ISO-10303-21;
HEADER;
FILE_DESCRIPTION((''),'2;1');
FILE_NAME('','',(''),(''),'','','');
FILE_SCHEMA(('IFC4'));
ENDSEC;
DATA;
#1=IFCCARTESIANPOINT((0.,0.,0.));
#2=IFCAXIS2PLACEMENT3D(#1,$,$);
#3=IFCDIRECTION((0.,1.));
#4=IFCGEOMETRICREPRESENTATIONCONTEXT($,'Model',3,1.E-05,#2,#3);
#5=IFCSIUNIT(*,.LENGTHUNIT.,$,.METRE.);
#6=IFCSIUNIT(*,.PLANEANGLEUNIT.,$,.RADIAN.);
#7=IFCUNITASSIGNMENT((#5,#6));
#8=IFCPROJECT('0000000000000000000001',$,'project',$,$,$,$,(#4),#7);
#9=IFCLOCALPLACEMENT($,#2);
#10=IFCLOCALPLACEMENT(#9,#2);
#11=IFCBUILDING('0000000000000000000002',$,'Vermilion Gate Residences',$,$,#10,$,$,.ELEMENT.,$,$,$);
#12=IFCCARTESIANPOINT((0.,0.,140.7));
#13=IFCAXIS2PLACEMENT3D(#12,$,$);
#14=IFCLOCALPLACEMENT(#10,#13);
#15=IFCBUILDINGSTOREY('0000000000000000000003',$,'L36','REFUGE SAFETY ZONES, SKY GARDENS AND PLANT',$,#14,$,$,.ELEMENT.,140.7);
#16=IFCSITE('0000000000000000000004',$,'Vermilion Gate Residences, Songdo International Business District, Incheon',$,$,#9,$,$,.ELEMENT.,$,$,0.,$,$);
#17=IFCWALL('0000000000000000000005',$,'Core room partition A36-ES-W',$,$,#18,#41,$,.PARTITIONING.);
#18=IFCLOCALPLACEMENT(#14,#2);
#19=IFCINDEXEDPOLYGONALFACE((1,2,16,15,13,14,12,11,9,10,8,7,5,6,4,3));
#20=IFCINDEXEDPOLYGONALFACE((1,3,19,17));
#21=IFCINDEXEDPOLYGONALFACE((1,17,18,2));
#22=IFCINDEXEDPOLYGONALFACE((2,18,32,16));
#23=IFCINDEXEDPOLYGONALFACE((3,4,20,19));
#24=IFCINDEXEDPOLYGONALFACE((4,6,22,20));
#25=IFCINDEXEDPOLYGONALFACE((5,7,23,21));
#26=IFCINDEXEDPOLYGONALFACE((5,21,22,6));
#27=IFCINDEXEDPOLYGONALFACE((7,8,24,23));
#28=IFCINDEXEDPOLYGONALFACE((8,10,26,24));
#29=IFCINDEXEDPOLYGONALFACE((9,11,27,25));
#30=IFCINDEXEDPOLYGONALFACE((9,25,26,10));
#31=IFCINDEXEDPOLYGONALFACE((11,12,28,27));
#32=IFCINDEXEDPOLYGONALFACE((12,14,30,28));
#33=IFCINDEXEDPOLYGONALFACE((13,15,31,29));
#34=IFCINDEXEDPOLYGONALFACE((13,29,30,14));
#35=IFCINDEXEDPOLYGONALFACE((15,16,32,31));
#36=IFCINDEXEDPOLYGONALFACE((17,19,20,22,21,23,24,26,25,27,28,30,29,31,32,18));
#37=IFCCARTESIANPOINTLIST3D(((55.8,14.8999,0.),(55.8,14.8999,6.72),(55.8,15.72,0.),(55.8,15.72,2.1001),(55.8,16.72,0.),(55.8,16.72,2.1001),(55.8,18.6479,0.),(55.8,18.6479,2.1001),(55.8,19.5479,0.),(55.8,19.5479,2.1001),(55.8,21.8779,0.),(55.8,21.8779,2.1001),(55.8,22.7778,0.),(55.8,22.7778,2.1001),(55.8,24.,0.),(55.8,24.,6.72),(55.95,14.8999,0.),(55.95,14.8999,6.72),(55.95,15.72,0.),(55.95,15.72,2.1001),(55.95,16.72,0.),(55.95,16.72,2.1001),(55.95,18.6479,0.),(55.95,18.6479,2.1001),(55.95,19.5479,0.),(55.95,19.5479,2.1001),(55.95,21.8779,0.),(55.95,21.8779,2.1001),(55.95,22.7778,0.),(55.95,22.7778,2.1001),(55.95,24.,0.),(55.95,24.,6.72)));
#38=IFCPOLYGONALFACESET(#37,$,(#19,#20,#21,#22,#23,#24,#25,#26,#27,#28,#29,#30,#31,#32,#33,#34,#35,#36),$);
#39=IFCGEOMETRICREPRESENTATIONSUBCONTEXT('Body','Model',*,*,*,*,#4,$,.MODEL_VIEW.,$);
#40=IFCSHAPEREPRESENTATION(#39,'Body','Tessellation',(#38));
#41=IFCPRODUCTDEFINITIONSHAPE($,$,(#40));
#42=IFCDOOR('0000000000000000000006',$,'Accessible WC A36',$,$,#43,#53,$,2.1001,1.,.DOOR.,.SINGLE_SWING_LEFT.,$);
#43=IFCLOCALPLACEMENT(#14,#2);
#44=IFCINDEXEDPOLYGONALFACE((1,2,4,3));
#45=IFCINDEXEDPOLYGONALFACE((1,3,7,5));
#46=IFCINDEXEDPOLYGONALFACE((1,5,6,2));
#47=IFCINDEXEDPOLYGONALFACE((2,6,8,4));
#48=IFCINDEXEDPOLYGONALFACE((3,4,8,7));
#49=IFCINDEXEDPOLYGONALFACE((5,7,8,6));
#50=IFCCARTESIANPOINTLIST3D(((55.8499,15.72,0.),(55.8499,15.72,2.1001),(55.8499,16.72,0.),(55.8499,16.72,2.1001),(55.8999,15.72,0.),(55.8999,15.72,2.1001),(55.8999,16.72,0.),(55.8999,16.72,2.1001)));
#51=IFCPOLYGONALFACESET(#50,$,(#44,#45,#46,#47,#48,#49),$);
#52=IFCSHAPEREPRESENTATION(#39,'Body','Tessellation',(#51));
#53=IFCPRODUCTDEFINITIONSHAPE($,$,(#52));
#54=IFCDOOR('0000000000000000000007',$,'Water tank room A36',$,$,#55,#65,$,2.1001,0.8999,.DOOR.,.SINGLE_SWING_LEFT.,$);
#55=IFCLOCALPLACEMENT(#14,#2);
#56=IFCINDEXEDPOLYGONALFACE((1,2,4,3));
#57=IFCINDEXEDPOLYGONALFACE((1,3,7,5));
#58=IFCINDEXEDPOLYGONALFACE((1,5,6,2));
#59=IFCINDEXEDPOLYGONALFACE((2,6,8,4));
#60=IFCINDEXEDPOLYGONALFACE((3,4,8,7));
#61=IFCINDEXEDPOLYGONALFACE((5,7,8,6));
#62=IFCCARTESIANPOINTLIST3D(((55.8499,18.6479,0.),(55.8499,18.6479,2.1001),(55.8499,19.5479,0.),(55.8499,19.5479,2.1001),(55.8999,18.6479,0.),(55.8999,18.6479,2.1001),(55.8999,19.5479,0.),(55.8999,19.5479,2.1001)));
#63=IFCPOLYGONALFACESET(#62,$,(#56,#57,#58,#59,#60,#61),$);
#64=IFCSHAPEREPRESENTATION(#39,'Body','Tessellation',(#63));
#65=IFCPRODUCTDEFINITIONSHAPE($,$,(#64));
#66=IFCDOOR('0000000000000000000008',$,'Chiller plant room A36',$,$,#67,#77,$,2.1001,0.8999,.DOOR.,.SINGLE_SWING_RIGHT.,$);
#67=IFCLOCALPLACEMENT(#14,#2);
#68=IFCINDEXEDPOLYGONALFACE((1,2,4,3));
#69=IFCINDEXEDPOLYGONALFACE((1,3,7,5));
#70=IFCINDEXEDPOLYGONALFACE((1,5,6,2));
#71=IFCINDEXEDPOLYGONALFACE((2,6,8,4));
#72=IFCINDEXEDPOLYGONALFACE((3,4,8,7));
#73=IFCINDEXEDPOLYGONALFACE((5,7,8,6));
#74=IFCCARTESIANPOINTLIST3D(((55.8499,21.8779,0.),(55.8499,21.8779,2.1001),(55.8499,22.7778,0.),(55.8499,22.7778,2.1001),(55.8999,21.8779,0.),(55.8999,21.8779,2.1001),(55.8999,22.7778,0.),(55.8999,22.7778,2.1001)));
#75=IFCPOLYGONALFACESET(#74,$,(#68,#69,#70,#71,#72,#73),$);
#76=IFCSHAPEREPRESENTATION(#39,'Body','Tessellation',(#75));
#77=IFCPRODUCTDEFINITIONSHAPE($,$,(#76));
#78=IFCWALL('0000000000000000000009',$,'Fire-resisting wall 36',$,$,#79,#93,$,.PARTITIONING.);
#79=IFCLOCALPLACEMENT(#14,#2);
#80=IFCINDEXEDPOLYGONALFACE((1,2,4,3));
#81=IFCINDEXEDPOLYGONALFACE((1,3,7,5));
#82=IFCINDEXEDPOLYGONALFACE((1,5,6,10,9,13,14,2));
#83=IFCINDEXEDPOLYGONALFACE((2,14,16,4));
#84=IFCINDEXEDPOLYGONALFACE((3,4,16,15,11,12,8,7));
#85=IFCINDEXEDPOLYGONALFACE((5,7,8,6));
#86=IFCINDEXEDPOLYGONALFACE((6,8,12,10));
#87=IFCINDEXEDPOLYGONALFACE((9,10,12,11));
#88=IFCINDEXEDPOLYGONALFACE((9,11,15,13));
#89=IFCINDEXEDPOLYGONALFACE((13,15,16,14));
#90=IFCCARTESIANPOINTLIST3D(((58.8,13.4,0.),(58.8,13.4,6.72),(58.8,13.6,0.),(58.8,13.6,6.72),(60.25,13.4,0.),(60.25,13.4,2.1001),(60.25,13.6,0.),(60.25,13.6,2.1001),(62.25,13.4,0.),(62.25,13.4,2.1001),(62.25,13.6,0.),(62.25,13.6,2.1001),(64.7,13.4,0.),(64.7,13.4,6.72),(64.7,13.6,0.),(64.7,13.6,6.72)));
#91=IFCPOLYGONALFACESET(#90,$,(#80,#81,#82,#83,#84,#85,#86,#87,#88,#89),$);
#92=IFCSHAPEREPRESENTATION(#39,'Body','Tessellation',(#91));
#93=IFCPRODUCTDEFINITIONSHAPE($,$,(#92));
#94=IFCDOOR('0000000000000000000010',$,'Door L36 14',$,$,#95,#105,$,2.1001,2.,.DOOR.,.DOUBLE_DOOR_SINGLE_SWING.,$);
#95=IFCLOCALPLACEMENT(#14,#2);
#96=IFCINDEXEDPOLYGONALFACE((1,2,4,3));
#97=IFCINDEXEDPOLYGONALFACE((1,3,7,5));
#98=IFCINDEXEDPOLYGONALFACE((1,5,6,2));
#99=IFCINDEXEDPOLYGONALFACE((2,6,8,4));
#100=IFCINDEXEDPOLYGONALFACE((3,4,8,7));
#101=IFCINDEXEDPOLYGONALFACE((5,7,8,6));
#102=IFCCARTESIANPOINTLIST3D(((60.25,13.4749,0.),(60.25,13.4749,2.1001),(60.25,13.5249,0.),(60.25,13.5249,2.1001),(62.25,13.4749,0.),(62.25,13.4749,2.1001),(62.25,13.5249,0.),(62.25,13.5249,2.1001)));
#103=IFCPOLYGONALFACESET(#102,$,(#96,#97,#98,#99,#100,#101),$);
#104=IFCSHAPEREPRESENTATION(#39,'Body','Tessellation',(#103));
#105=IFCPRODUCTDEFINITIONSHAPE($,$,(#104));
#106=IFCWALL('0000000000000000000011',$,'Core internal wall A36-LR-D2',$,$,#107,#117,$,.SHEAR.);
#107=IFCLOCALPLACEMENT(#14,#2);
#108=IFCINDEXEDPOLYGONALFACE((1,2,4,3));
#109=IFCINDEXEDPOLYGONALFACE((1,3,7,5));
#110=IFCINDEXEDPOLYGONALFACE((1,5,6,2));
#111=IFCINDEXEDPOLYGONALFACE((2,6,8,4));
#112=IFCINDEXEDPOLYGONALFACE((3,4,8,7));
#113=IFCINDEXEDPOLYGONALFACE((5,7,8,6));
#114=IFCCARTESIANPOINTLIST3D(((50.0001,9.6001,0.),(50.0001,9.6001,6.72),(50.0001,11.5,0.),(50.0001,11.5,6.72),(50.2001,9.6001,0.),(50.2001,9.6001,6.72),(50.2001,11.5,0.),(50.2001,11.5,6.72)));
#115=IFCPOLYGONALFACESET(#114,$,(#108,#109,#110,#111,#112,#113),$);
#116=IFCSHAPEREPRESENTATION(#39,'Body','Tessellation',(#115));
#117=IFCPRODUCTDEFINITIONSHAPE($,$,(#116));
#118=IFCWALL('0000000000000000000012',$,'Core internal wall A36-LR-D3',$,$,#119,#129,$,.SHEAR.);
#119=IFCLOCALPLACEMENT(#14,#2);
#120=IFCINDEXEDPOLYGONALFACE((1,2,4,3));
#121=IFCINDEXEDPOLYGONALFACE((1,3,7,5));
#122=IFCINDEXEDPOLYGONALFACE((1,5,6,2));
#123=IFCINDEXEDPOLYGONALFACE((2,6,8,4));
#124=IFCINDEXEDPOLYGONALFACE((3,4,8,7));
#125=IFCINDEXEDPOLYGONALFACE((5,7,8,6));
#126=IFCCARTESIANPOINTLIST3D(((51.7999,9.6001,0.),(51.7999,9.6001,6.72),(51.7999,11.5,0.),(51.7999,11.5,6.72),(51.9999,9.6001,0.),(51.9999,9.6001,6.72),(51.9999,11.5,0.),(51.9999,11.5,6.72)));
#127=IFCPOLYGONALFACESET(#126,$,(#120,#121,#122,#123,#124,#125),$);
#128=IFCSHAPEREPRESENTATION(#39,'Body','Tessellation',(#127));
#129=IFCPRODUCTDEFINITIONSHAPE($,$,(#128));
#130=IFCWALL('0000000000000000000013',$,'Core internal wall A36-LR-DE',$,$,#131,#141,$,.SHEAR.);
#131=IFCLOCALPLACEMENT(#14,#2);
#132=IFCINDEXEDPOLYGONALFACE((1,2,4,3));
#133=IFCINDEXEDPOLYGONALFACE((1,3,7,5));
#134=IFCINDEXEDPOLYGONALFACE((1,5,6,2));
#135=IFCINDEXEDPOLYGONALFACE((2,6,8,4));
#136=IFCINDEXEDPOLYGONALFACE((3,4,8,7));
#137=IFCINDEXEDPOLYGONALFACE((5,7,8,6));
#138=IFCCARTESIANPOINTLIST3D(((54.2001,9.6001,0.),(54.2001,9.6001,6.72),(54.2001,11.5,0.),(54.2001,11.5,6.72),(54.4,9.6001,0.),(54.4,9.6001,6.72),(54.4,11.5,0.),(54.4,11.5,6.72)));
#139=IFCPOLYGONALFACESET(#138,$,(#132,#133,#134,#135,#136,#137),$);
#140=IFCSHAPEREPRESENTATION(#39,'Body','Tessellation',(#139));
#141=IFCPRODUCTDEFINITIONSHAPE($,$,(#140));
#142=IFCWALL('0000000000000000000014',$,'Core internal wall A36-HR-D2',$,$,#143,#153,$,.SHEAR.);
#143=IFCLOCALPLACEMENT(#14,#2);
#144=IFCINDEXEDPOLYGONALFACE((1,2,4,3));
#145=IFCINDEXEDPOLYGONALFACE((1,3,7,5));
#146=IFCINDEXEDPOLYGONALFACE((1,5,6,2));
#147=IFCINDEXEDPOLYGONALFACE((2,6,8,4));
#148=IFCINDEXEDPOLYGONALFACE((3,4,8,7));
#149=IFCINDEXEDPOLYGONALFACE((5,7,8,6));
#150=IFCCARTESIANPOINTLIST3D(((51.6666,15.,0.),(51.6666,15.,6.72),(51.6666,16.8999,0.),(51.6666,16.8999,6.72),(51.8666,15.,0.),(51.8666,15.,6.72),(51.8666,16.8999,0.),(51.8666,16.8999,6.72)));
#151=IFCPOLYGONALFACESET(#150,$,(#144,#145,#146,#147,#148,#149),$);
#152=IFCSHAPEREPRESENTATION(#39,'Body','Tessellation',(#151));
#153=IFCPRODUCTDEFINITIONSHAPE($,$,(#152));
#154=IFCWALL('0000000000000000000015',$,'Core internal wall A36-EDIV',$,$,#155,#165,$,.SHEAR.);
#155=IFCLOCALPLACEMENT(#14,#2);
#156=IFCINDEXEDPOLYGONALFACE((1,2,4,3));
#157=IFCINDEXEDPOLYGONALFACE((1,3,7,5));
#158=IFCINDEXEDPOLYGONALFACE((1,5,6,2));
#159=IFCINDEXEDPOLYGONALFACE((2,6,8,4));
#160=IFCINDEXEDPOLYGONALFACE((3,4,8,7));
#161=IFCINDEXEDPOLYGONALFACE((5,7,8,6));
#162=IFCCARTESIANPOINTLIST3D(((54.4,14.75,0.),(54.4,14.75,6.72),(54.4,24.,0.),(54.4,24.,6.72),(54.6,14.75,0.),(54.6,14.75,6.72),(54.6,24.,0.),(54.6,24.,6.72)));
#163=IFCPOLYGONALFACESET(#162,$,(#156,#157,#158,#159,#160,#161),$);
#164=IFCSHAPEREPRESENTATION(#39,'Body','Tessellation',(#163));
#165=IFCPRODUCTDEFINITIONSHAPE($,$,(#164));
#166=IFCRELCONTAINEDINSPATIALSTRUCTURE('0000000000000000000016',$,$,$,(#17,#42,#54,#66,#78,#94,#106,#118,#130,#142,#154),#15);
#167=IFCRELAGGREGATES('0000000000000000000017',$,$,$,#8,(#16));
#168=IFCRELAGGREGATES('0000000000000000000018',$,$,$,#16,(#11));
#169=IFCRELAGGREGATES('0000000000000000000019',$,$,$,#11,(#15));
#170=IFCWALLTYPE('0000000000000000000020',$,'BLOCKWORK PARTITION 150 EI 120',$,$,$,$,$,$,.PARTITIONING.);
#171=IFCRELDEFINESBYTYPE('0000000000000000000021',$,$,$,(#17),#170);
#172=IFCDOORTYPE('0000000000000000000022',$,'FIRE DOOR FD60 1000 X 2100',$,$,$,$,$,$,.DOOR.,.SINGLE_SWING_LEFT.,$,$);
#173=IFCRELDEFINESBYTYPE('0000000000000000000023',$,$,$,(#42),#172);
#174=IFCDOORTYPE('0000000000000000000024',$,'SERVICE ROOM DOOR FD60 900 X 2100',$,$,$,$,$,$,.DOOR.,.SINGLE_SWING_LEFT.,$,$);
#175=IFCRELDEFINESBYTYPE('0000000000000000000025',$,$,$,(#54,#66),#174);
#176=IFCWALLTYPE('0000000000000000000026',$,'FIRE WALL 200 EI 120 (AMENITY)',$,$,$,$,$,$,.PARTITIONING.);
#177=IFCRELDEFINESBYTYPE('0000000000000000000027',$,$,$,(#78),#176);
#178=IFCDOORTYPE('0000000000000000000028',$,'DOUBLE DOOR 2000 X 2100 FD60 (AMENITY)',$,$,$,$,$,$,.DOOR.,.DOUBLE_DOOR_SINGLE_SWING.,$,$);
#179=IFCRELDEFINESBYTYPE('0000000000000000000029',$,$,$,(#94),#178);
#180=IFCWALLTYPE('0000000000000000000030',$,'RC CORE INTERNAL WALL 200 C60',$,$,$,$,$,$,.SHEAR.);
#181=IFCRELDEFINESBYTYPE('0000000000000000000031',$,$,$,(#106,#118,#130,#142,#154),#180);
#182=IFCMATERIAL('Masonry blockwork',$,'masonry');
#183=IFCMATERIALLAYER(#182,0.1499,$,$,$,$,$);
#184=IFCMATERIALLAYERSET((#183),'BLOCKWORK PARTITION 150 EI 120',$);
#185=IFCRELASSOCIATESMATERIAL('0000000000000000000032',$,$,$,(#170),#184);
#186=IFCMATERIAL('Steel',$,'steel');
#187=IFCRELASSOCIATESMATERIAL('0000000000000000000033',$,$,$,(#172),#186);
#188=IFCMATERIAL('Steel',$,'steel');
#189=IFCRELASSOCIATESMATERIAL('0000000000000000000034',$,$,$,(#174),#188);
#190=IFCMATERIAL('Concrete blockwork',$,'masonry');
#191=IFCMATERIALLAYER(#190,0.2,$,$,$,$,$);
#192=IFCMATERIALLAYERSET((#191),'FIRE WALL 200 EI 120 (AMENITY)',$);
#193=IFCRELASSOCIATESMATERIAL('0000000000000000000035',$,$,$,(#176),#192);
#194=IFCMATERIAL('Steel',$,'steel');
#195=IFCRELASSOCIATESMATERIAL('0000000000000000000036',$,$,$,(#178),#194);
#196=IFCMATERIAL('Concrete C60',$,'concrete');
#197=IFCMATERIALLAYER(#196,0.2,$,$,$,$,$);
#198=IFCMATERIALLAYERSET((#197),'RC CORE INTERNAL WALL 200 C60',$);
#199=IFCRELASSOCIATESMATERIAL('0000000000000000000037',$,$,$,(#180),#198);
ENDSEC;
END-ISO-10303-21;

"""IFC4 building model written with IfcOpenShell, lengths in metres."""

from ifc_helpers import new_model, si_unit, direction, frame, frame_2d, origin, place, context, subcontext, project, spatial, rectangle, extrude, material, layer, layer_set, type_object, element, fill, save


model = new_model("IFC4")

# Units and contexts
model_context = context("Model", 3, precision=1e-05, world=origin(), true_north=direction((0.0, 1.0)))
body_context = subcontext(model_context, "Body", "Model", "MODEL_VIEW")
ifc_project = project(units=[si_unit("LENGTHUNIT", "METRE"), si_unit("PLANEANGLEUNIT", "RADIAN")], contexts=[model_context])

# Site, building, storey
site_placement = place(None, origin())
site = spatial("IfcSite", under=ifc_project, at=site_placement, Name="Vermilion Gate Residences, Songdo International Business District, Incheon", CompositionType="ELEMENT", RefElevation=0.0)
building_placement = place(site_placement, origin())
building = spatial("IfcBuilding", under=site, at=building_placement, Name="Vermilion Gate Residences", CompositionType="ELEMENT")
storey_placement = place(building_placement, frame((0.0, 0.0, 140.7)))
storey = spatial("IfcBuildingStorey", under=building, at=storey_placement, Name="L36", Description="REFUGE SAFETY ZONES, SKY GARDENS AND PLANT", CompositionType="ELEMENT", Elevation=140.7)

# Shared definitions
ifc_material_1 = material(Name="Masonry blockwork", Category="masonry")
ifc_layer_1 = layer(ifc_material_1, 0.1499)
ifc_layer_set_1 = layer_set([ifc_layer_1], Name="BLOCKWORK PARTITION 150 EI 120")
wall_type_1 = type_object("IfcWallType", Name="BLOCKWORK PARTITION 150 EI 120", PredefinedType="PARTITIONING", material=ifc_layer_set_1)

# Shared definitions
ifc_material_2 = material(Name="Steel", Category="steel")
door_type_1 = type_object("IfcDoorType", Name="FIRE DOOR FD60 1000 X 2100", OperationType="SINGLE_SWING_LEFT", PredefinedType="DOOR", material=ifc_material_2)

# Wall, openings, doors
wall_1_placement = place(storey_placement, frame((55.875, 14.8999, 0.0), z_axis=(0.0, 0.0, 1.0), x_axis=(0.0, 1.0, 0.0)))
wall_1 = element("IfcWall", 1, at=wall_1_placement, inside=storey, type_object=wall_type_1, Name="Core room partition A36-ES-W", PredefinedType="PARTITIONING", context=body_context, shape_type="SweptSolid", body=[
    extrude(rectangle(XDim=9.1001, YDim=0.1499, at=frame_2d((4.55, 0.0))), origin(), (0.0, 0.0, 1.0), 6.72),
])
opening_1_placement = place(wall_1_placement, frame((0.8201, 0.0, 0.0)))
opening_1 = element("IfcOpeningElement", 2, at=opening_1_placement, cuts=wall_1, PredefinedType="OPENING", context=body_context, shape_type="SweptSolid", body=[
    extrude(rectangle(XDim=1.0, YDim=2.1001, at=frame_2d((0.5, 1.05))), frame((0.0, 0.085, 0.0), z_axis=(0.0, -1.0, 0.0), x_axis=(1.0, 0.0, 0.0)), (0.0, 0.0, 1.0), 0.1699),
])
opening_2_placement = place(wall_1_placement, frame((3.748, 0.0, 0.0)))
opening_2 = element("IfcOpeningElement", 3, at=opening_2_placement, cuts=wall_1, PredefinedType="OPENING", context=body_context, shape_type="SweptSolid", body=[
    extrude(rectangle(XDim=0.8999, YDim=2.1001, at=frame_2d((0.45, 1.05))), frame((0.0, 0.085, 0.0), z_axis=(0.0, -1.0, 0.0), x_axis=(1.0, 0.0, 0.0)), (0.0, 0.0, 1.0), 0.1699),
])
opening_3_placement = place(wall_1_placement, frame((6.978, 0.0, 0.0)))
opening_3 = element("IfcOpeningElement", 4, at=opening_3_placement, cuts=wall_1, PredefinedType="OPENING", context=body_context, shape_type="SweptSolid", body=[
    extrude(rectangle(XDim=0.8999, YDim=2.1001, at=frame_2d((0.45, 1.05))), frame((0.0, 0.085, 0.0), z_axis=(0.0, -1.0, 0.0), x_axis=(1.0, 0.0, 0.0)), (0.0, 0.0, 1.0), 0.1699),
])
door_1_placement = place(opening_1_placement, frame((1.0, 0.0, 0.0), z_axis=(0.0, 0.0, 1.0), x_axis=(-1.0, 0.0, 0.0)))
door_1 = element("IfcDoor", 5, at=door_1_placement, inside=storey, type_object=door_type_1, Name="Accessible WC A36", OperationType="SINGLE_SWING_LEFT", OverallHeight=2.1001, OverallWidth=1.0, PredefinedType="DOOR", context=body_context, shape_type="SweptSolid", body=[
    extrude(rectangle(XDim=1.0, YDim=2.1001, at=frame_2d((0.5, 1.05))), frame((0.0, 0.0249, 0.0), z_axis=(0.0, -1.0, 0.0), x_axis=(1.0, 0.0, 0.0)), (0.0, 0.0, 1.0), 0.05),
])
fill(opening_1, door_1)
ifc_material_3 = material(Name="Steel", Category="steel")
door_type_2 = type_object("IfcDoorType", Name="SERVICE ROOM DOOR FD60 900 X 2100", OperationType="SINGLE_SWING_LEFT", PredefinedType="DOOR", material=ifc_material_3)
door_2_placement = place(opening_2_placement, frame((0.8999, 0.0, 0.0), z_axis=(0.0, 0.0, 1.0), x_axis=(-1.0, 0.0, 0.0)))
door_2 = element("IfcDoor", 6, at=door_2_placement, inside=storey, type_object=door_type_2, Name="Water tank room A36", OperationType="SINGLE_SWING_LEFT", OverallHeight=2.1001, OverallWidth=0.8999, PredefinedType="DOOR", context=body_context, shape_type="SweptSolid", body=[
    extrude(rectangle(XDim=0.8999, YDim=2.1001, at=frame_2d((0.45, 1.05))), frame((0.0, 0.0249, 0.0), z_axis=(0.0, -1.0, 0.0), x_axis=(1.0, 0.0, 0.0)), (0.0, 0.0, 1.0), 0.05),
])
fill(opening_2, door_2)
door_3_placement = place(opening_3_placement, frame((0.8999, 0.0, 0.0), z_axis=(0.0, 0.0, 1.0), x_axis=(-1.0, 0.0, 0.0)))
door_3 = element("IfcDoor", 7, at=door_3_placement, inside=storey, type_object=door_type_2, Name="Chiller plant room A36", OperationType="SINGLE_SWING_RIGHT", OverallHeight=2.1001, OverallWidth=0.8999, PredefinedType="DOOR", context=body_context, shape_type="SweptSolid", body=[
    extrude(rectangle(XDim=0.8999, YDim=2.1001, at=frame_2d((0.45, 1.05))), frame((0.0, 0.0249, 0.0), z_axis=(0.0, -1.0, 0.0), x_axis=(1.0, 0.0, 0.0)), (0.0, 0.0, 1.0), 0.05),
])
fill(opening_3, door_3)

# Wall, opening, door
ifc_material_4 = material(Name="Concrete blockwork", Category="masonry")
ifc_layer_2 = layer(ifc_material_4, 0.2)
ifc_layer_set_2 = layer_set([ifc_layer_2], Name="FIRE WALL 200 EI 120 (AMENITY)")
wall_type_2 = type_object("IfcWallType", Name="FIRE WALL 200 EI 120 (AMENITY)", PredefinedType="PARTITIONING", material=ifc_layer_set_2)
wall_2_placement = place(storey_placement, frame((58.8, 13.5, 0.0), z_axis=(0.0, 0.0, 1.0), x_axis=(1.0, 0.0, 0.0)))
wall_2 = element("IfcWall", 8, at=wall_2_placement, inside=storey, type_object=wall_type_2, Name="Fire-resisting wall 36", PredefinedType="PARTITIONING", context=body_context, shape_type="SweptSolid", body=[
    extrude(rectangle(XDim=5.8999, YDim=0.2, at=frame_2d((2.95, 0.0))), origin(), (0.0, 0.0, 1.0), 6.72),
])
opening_4_placement = place(wall_2_placement, frame((1.45, 0.0, 0.0)))
opening_4 = element("IfcOpeningElement", 9, at=opening_4_placement, cuts=wall_2, PredefinedType="OPENING", context=body_context, shape_type="SweptSolid", body=[
    extrude(rectangle(XDim=2.0, YDim=2.1001, at=frame_2d((1.0, 1.05))), frame((0.0, 0.1099, 0.0), z_axis=(0.0, -1.0, 0.0), x_axis=(1.0, 0.0, 0.0)), (0.0, 0.0, 1.0), 0.22),
])
ifc_material_5 = material(Name="Steel", Category="steel")
door_type_3 = type_object("IfcDoorType", Name="DOUBLE DOOR 2000 X 2100 FD60 (AMENITY)", OperationType="DOUBLE_DOOR_SINGLE_SWING", PredefinedType="DOOR", material=ifc_material_5)
door_4_placement = place(opening_4_placement, origin())
door_4 = element("IfcDoor", 10, at=door_4_placement, inside=storey, type_object=door_type_3, Name="Door L36 14", OperationType="DOUBLE_DOOR_SINGLE_SWING", OverallHeight=2.1001, OverallWidth=2.0, PredefinedType="DOOR", context=body_context, shape_type="SweptSolid", body=[
    extrude(rectangle(XDim=2.0, YDim=2.1001, at=frame_2d((1.0, 1.05))), frame((0.0, 0.0249, 0.0), z_axis=(0.0, -1.0, 0.0), x_axis=(1.0, 0.0, 0.0)), (0.0, 0.0, 1.0), 0.05),
])
fill(opening_4, door_4)

# Walls
ifc_material_6 = material(Name="Concrete C60", Category="concrete")
ifc_layer_3 = layer(ifc_material_6, 0.2)
ifc_layer_set_3 = layer_set([ifc_layer_3], Name="RC CORE INTERNAL WALL 200 C60")
wall_type_3 = type_object("IfcWallType", Name="RC CORE INTERNAL WALL 200 C60", PredefinedType="SHEAR", material=ifc_layer_set_3)
for number, where, z_axis, x_axis, name in (
    (11, (50.1001, 9.6001, 0.0), (0.0, 0.0, 1.0), (0.0, 1.0, 0.0), "Core internal wall A36-LR-D2"),
    (12, (51.8999, 9.6001, 0.0), (0.0, 0.0, 1.0), (0.0, 1.0, 0.0), "Core internal wall A36-LR-D3"),
    (13, (54.3, 9.6001, 0.0), (0.0, 0.0, 1.0), (0.0, 1.0, 0.0), "Core internal wall A36-LR-DE"),
    (14, (51.7666, 15.0, 0.0), (0.0, 0.0, 1.0), (0.0, 1.0, 0.0), "Core internal wall A36-HR-D2"),
):
    element("IfcWall", number, at=place(storey_placement, frame(where, z_axis=z_axis, x_axis=x_axis)), inside=storey, type_object=wall_type_3, Name=name, PredefinedType="SHEAR", context=body_context, shape_type="SweptSolid", body=[
        extrude(rectangle(XDim=1.8999, YDim=0.2, at=frame_2d((0.95, 0.0))), origin(), (0.0, 0.0, 1.0), 6.72),
    ])
wall_3_placement = place(storey_placement, frame((54.5, 14.75, 0.0), z_axis=(0.0, 0.0, 1.0), x_axis=(0.0, 1.0, 0.0)))
element("IfcWall", 15, at=wall_3_placement, inside=storey, type_object=wall_type_3, Name="Core internal wall A36-EDIV", PredefinedType="SHEAR", context=body_context, shape_type="SweptSolid", body=[
    extrude(rectangle(XDim=9.25, YDim=0.2, at=frame_2d((4.625, 0.0))), origin(), (0.0, 0.0, 1.0), 6.72),
])

save(model, "model.ifc")
